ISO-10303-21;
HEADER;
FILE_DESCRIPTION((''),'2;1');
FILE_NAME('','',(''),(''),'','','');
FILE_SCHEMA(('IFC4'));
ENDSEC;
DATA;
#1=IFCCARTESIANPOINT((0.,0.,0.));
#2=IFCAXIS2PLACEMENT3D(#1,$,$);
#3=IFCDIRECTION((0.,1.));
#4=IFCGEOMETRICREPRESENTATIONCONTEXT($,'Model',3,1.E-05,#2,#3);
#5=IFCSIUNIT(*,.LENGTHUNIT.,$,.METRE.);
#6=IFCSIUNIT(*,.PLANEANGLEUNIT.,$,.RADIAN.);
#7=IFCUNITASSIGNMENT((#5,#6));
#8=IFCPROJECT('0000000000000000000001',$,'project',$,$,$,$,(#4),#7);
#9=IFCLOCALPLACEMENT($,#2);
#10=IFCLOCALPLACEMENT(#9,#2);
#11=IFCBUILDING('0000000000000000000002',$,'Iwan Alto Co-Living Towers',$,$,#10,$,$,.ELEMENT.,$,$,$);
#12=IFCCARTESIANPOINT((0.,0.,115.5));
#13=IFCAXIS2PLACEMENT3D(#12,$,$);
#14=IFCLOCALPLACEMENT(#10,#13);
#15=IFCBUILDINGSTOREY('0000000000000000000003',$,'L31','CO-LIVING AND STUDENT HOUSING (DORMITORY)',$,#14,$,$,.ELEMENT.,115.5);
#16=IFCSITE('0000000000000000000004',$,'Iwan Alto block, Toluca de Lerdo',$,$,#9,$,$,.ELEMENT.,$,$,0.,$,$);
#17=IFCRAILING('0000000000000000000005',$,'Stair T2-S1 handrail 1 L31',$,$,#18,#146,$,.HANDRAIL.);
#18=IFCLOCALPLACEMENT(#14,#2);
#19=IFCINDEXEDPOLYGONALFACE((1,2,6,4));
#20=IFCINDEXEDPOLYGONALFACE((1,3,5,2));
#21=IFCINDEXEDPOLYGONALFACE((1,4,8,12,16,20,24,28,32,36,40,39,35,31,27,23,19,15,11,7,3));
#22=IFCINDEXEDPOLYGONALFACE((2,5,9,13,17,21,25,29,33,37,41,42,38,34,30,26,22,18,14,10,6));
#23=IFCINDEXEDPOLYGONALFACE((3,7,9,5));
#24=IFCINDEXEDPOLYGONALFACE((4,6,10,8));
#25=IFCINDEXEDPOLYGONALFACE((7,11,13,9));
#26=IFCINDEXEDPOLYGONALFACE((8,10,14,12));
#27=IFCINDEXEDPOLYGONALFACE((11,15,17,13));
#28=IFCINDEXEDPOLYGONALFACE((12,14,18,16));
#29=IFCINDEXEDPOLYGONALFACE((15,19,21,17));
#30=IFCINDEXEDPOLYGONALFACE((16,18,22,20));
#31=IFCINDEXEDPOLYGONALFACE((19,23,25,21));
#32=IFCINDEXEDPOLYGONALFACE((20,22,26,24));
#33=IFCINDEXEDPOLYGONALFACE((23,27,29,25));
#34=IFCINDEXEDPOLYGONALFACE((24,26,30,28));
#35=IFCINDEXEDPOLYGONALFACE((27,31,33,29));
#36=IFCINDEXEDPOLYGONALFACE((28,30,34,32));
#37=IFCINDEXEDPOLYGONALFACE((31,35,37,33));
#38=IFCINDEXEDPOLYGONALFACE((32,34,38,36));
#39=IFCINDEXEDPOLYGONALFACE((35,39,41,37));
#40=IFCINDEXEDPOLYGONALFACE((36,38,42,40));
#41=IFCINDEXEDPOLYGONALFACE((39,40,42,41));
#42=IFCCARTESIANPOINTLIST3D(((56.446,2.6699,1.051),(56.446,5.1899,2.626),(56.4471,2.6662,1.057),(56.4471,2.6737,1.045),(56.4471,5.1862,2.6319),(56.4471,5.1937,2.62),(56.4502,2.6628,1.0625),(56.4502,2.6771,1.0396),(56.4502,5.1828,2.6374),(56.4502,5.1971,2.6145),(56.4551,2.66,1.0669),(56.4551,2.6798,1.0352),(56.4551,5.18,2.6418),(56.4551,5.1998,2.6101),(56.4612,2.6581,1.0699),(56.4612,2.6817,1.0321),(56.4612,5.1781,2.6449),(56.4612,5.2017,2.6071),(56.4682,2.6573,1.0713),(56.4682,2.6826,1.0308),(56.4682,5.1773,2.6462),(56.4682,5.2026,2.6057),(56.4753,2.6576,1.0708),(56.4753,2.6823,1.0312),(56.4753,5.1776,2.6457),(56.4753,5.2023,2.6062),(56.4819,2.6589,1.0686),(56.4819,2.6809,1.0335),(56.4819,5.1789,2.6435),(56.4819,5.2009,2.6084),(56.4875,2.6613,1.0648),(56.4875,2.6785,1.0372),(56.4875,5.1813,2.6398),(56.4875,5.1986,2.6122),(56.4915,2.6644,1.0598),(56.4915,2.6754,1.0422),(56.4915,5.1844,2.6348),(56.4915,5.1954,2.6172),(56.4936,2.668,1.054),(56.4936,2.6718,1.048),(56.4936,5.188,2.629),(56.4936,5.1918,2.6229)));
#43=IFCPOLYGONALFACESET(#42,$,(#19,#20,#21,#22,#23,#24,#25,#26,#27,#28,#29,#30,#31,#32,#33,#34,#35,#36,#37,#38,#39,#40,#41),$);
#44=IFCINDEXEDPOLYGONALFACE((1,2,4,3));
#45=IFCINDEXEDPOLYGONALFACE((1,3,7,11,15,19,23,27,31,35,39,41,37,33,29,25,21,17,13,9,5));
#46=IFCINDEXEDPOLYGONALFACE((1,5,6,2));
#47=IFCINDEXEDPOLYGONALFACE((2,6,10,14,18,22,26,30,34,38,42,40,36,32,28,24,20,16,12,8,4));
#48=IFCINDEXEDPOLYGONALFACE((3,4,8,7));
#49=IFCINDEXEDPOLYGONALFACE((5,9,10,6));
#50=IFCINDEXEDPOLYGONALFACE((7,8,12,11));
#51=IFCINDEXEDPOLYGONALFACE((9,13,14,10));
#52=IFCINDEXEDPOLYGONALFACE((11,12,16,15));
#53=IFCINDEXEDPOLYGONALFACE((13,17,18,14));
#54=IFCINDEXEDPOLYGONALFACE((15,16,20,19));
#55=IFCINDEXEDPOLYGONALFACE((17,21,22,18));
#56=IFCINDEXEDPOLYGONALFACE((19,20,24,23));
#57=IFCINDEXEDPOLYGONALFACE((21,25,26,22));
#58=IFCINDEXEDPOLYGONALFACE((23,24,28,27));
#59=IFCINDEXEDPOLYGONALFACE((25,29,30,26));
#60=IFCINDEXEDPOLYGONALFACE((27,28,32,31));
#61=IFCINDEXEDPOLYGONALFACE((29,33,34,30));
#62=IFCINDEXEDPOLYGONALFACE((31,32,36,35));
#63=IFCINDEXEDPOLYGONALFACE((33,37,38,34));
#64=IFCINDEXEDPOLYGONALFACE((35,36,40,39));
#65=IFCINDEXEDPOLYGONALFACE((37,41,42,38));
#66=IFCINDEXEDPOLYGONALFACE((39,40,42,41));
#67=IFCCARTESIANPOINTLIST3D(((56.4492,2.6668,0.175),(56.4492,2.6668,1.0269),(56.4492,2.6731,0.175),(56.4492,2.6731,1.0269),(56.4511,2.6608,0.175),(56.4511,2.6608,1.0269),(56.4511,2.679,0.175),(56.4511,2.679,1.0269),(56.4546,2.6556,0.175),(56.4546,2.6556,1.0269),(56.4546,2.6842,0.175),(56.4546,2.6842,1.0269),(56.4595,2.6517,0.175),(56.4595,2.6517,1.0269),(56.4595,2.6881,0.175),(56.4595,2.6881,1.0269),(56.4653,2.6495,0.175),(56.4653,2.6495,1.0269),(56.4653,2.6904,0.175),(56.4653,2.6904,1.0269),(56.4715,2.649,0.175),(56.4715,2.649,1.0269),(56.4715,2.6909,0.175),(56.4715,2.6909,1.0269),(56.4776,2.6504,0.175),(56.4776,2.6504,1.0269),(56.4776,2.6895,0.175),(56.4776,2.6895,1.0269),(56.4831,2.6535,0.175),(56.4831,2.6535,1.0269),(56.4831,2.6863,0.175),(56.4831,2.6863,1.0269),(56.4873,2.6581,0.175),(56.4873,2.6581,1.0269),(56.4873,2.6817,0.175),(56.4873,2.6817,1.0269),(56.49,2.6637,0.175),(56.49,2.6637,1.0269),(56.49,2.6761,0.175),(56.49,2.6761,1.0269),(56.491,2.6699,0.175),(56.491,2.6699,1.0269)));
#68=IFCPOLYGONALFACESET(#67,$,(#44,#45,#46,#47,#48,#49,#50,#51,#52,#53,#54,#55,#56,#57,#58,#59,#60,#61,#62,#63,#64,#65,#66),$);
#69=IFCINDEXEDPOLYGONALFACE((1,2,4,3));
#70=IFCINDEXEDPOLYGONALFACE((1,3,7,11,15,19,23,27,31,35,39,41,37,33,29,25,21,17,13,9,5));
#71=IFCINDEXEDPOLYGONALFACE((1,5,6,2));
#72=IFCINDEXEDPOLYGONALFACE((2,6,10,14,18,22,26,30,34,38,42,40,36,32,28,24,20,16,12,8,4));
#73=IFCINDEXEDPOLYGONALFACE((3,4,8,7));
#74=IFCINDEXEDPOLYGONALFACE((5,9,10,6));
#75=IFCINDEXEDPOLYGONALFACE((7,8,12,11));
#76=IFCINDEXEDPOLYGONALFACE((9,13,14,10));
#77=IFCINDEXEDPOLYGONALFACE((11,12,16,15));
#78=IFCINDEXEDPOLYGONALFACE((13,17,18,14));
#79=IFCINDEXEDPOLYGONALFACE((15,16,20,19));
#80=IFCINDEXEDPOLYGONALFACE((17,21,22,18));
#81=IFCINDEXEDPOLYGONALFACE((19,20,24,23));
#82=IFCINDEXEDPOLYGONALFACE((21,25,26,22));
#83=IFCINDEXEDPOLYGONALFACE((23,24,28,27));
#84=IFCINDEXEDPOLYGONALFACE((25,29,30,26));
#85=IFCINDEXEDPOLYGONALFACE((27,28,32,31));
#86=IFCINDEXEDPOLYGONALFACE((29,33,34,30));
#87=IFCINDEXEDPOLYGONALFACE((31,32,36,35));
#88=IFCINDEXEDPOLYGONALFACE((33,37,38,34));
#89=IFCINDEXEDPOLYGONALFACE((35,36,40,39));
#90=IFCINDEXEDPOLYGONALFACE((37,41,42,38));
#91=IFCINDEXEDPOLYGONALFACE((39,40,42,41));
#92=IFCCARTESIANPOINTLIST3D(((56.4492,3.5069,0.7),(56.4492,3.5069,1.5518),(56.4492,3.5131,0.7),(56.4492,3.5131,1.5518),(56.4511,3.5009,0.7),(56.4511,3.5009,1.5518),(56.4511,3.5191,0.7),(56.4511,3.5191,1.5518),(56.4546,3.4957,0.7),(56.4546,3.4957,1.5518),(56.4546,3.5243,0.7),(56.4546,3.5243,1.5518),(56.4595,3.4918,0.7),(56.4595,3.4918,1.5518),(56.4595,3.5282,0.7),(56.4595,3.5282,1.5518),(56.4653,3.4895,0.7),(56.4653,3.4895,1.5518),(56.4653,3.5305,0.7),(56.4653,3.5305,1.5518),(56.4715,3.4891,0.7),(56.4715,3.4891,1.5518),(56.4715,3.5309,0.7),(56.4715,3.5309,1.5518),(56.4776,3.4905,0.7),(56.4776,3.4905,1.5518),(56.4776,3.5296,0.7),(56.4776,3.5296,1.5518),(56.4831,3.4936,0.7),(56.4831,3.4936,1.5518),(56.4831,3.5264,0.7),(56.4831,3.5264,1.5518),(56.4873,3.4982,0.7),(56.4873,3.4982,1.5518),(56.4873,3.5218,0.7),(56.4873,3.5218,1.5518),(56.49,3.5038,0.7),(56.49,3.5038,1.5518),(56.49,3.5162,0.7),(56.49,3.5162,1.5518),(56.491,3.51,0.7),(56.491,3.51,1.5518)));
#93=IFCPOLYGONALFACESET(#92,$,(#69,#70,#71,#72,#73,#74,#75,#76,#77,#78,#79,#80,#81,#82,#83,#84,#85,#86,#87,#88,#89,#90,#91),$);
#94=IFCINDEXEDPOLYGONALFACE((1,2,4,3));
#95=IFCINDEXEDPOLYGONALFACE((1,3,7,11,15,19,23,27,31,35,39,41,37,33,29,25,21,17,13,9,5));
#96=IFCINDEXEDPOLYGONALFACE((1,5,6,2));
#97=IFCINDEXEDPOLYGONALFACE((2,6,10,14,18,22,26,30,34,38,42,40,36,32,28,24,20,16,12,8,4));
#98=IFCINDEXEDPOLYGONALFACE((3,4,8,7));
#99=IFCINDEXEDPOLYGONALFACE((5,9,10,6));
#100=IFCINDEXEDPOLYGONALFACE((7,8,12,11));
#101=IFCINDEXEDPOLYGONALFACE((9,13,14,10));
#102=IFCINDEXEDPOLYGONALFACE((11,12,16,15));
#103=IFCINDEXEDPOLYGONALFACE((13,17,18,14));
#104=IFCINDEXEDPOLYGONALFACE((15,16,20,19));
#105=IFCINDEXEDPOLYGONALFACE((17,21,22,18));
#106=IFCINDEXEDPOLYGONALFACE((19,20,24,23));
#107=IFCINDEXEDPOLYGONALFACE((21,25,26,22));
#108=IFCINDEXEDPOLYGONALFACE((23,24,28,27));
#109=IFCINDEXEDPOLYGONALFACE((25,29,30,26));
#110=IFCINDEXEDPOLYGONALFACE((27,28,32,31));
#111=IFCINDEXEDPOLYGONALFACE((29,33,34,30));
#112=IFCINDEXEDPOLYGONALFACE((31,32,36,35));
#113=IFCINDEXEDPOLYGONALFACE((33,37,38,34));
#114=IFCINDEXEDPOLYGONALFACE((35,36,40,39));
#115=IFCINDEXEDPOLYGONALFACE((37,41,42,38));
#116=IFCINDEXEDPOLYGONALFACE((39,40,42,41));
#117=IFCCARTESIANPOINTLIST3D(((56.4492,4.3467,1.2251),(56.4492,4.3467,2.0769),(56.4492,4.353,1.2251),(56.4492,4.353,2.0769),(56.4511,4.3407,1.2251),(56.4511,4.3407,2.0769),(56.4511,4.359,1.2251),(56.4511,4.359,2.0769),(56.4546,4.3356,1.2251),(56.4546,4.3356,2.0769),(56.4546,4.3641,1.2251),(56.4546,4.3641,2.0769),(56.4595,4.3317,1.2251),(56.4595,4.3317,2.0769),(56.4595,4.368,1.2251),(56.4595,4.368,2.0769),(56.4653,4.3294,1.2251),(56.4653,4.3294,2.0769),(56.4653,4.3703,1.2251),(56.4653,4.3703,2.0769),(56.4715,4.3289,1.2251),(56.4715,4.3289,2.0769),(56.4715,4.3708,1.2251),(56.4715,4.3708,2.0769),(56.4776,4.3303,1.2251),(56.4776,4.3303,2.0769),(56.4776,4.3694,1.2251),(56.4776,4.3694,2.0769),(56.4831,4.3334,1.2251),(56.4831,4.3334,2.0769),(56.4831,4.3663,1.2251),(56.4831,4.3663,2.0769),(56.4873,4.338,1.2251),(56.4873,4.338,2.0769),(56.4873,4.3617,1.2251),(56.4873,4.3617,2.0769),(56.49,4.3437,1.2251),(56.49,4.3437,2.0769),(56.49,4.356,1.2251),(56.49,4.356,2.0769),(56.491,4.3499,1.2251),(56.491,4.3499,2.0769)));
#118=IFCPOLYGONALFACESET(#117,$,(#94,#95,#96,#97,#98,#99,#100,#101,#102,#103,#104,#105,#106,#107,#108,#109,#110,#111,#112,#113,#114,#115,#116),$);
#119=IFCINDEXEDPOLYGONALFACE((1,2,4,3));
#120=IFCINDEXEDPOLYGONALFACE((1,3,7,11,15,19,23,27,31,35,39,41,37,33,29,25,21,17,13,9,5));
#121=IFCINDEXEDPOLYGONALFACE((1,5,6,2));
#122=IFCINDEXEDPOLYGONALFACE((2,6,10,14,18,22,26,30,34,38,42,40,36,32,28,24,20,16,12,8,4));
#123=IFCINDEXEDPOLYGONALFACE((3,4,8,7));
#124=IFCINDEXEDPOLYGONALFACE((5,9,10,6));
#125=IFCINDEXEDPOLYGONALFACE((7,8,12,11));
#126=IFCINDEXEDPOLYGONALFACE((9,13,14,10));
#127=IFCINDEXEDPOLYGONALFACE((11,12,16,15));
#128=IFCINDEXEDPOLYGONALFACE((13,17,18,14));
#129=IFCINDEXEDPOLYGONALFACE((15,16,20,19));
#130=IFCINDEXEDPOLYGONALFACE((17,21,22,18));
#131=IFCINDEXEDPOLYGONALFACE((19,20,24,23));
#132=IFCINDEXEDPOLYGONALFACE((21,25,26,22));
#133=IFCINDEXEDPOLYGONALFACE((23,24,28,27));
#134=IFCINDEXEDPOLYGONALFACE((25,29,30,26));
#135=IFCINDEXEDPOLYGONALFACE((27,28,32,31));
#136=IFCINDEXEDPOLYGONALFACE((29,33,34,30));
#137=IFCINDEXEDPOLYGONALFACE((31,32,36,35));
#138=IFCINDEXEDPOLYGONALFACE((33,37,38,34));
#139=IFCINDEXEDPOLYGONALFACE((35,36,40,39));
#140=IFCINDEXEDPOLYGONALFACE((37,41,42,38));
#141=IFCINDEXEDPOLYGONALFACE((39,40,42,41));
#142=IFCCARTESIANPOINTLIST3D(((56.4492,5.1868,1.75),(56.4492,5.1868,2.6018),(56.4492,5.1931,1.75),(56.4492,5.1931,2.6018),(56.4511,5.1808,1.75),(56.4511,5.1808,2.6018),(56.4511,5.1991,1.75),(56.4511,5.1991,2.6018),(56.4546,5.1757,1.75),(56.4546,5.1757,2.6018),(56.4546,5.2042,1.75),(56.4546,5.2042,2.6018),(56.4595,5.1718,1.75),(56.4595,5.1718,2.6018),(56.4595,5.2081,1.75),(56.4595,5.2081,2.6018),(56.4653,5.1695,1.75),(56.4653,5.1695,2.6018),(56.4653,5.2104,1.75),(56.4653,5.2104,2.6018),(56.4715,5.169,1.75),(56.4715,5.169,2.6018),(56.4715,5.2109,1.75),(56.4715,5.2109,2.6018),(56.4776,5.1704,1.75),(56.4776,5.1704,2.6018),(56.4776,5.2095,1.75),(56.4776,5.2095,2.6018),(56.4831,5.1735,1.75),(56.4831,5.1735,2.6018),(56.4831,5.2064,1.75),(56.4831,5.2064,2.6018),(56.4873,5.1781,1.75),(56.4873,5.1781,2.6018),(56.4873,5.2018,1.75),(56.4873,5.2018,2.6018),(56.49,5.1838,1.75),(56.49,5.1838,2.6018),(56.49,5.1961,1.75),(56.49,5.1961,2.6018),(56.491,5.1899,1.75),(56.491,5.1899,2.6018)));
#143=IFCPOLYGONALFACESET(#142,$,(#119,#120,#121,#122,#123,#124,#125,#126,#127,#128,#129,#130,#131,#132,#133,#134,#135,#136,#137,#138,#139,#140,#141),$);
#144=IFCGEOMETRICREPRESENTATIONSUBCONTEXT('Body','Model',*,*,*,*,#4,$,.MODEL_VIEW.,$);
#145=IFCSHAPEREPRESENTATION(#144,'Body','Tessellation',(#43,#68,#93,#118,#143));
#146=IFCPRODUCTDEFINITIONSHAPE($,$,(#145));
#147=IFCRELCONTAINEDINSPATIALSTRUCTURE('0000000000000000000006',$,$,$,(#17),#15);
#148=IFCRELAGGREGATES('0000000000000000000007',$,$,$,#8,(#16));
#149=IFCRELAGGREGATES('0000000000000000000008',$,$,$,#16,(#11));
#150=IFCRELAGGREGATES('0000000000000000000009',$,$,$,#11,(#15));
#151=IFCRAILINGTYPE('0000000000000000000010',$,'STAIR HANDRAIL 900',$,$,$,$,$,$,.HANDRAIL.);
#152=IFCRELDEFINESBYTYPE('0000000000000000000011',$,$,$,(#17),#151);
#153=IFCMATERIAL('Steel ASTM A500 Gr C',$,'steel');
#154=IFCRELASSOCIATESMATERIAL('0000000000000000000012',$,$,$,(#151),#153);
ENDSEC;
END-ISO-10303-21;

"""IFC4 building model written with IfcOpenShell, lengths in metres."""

from ifc_helpers import new_model, si_unit, direction, frame, origin, origin_2d, place, context, subcontext, project, spatial, circle, extrude, material, type_object, element, save


model = new_model("IFC4")

# Units and contexts
model_context = context("Model", 3, precision=1e-05, world=origin(), true_north=direction((0.0, 1.0)))
body_context = subcontext(model_context, "Body", "Model", "MODEL_VIEW")
ifc_project = project(units=[si_unit("LENGTHUNIT", "METRE"), si_unit("PLANEANGLEUNIT", "RADIAN")], contexts=[model_context])

# Site, building, storey
site_placement = place(None, origin())
site = spatial("IfcSite", under=ifc_project, at=site_placement, Name="Iwan Alto block, Toluca de Lerdo", CompositionType="ELEMENT", RefElevation=0.0)
building_placement = place(site_placement, origin())
building = spatial("IfcBuilding", under=site, at=building_placement, Name="Iwan Alto Co-Living Towers", CompositionType="ELEMENT")
storey_placement = place(building_placement, frame((0.0, 0.0, 115.5)))
storey = spatial("IfcBuildingStorey", under=building, at=storey_placement, Name="L31", Description="CO-LIVING AND STUDENT HOUSING (DORMITORY)", CompositionType="ELEMENT", Elevation=115.5)

# Railing
ifc_material_1 = material(Name="Steel ASTM A500 Gr C", Category="steel")
railing_type = type_object("IfcRailingType", Name="STAIR HANDRAIL 900", PredefinedType="HANDRAIL", material=ifc_material_1)
railing_placement = place(storey_placement, frame((56.47, 2.6699, 0.175)))
element("IfcRailing", 1, at=railing_placement, inside=storey, type_object=railing_type, Name="Stair T2-S1 handrail 1 L31", PredefinedType="HANDRAIL", context=body_context, shape_type="SweptSolid", body=[
    extrude(circle(Radius=0.0239, at=origin_2d()), frame((0.0, 0.0, 0.876), z_axis=(0.0, 0.848008, 0.529984), x_axis=(-1.0, 0.0, 0.0)), (0.0, 0.0, 1.0), 2.9717),
    extrude(circle(Radius=0.021, at=origin_2d()), origin(), (0.0, 0.0, 1.0), 0.8518),
    extrude(circle(Radius=0.021, at=origin_2d()), frame((0.0, 0.8401, 0.5249)), (0.0, 0.0, 1.0), 0.8518),
    extrude(circle(Radius=0.021, at=origin_2d()), frame((0.0, 1.6799, 1.05)), (0.0, 0.0, 1.0), 0.8518),
    extrude(circle(Radius=0.021, at=origin_2d()), frame((0.0, 2.52, 1.575)), (0.0, 0.0, 1.0), 0.8518),
])

save(model, "model.ifc")
